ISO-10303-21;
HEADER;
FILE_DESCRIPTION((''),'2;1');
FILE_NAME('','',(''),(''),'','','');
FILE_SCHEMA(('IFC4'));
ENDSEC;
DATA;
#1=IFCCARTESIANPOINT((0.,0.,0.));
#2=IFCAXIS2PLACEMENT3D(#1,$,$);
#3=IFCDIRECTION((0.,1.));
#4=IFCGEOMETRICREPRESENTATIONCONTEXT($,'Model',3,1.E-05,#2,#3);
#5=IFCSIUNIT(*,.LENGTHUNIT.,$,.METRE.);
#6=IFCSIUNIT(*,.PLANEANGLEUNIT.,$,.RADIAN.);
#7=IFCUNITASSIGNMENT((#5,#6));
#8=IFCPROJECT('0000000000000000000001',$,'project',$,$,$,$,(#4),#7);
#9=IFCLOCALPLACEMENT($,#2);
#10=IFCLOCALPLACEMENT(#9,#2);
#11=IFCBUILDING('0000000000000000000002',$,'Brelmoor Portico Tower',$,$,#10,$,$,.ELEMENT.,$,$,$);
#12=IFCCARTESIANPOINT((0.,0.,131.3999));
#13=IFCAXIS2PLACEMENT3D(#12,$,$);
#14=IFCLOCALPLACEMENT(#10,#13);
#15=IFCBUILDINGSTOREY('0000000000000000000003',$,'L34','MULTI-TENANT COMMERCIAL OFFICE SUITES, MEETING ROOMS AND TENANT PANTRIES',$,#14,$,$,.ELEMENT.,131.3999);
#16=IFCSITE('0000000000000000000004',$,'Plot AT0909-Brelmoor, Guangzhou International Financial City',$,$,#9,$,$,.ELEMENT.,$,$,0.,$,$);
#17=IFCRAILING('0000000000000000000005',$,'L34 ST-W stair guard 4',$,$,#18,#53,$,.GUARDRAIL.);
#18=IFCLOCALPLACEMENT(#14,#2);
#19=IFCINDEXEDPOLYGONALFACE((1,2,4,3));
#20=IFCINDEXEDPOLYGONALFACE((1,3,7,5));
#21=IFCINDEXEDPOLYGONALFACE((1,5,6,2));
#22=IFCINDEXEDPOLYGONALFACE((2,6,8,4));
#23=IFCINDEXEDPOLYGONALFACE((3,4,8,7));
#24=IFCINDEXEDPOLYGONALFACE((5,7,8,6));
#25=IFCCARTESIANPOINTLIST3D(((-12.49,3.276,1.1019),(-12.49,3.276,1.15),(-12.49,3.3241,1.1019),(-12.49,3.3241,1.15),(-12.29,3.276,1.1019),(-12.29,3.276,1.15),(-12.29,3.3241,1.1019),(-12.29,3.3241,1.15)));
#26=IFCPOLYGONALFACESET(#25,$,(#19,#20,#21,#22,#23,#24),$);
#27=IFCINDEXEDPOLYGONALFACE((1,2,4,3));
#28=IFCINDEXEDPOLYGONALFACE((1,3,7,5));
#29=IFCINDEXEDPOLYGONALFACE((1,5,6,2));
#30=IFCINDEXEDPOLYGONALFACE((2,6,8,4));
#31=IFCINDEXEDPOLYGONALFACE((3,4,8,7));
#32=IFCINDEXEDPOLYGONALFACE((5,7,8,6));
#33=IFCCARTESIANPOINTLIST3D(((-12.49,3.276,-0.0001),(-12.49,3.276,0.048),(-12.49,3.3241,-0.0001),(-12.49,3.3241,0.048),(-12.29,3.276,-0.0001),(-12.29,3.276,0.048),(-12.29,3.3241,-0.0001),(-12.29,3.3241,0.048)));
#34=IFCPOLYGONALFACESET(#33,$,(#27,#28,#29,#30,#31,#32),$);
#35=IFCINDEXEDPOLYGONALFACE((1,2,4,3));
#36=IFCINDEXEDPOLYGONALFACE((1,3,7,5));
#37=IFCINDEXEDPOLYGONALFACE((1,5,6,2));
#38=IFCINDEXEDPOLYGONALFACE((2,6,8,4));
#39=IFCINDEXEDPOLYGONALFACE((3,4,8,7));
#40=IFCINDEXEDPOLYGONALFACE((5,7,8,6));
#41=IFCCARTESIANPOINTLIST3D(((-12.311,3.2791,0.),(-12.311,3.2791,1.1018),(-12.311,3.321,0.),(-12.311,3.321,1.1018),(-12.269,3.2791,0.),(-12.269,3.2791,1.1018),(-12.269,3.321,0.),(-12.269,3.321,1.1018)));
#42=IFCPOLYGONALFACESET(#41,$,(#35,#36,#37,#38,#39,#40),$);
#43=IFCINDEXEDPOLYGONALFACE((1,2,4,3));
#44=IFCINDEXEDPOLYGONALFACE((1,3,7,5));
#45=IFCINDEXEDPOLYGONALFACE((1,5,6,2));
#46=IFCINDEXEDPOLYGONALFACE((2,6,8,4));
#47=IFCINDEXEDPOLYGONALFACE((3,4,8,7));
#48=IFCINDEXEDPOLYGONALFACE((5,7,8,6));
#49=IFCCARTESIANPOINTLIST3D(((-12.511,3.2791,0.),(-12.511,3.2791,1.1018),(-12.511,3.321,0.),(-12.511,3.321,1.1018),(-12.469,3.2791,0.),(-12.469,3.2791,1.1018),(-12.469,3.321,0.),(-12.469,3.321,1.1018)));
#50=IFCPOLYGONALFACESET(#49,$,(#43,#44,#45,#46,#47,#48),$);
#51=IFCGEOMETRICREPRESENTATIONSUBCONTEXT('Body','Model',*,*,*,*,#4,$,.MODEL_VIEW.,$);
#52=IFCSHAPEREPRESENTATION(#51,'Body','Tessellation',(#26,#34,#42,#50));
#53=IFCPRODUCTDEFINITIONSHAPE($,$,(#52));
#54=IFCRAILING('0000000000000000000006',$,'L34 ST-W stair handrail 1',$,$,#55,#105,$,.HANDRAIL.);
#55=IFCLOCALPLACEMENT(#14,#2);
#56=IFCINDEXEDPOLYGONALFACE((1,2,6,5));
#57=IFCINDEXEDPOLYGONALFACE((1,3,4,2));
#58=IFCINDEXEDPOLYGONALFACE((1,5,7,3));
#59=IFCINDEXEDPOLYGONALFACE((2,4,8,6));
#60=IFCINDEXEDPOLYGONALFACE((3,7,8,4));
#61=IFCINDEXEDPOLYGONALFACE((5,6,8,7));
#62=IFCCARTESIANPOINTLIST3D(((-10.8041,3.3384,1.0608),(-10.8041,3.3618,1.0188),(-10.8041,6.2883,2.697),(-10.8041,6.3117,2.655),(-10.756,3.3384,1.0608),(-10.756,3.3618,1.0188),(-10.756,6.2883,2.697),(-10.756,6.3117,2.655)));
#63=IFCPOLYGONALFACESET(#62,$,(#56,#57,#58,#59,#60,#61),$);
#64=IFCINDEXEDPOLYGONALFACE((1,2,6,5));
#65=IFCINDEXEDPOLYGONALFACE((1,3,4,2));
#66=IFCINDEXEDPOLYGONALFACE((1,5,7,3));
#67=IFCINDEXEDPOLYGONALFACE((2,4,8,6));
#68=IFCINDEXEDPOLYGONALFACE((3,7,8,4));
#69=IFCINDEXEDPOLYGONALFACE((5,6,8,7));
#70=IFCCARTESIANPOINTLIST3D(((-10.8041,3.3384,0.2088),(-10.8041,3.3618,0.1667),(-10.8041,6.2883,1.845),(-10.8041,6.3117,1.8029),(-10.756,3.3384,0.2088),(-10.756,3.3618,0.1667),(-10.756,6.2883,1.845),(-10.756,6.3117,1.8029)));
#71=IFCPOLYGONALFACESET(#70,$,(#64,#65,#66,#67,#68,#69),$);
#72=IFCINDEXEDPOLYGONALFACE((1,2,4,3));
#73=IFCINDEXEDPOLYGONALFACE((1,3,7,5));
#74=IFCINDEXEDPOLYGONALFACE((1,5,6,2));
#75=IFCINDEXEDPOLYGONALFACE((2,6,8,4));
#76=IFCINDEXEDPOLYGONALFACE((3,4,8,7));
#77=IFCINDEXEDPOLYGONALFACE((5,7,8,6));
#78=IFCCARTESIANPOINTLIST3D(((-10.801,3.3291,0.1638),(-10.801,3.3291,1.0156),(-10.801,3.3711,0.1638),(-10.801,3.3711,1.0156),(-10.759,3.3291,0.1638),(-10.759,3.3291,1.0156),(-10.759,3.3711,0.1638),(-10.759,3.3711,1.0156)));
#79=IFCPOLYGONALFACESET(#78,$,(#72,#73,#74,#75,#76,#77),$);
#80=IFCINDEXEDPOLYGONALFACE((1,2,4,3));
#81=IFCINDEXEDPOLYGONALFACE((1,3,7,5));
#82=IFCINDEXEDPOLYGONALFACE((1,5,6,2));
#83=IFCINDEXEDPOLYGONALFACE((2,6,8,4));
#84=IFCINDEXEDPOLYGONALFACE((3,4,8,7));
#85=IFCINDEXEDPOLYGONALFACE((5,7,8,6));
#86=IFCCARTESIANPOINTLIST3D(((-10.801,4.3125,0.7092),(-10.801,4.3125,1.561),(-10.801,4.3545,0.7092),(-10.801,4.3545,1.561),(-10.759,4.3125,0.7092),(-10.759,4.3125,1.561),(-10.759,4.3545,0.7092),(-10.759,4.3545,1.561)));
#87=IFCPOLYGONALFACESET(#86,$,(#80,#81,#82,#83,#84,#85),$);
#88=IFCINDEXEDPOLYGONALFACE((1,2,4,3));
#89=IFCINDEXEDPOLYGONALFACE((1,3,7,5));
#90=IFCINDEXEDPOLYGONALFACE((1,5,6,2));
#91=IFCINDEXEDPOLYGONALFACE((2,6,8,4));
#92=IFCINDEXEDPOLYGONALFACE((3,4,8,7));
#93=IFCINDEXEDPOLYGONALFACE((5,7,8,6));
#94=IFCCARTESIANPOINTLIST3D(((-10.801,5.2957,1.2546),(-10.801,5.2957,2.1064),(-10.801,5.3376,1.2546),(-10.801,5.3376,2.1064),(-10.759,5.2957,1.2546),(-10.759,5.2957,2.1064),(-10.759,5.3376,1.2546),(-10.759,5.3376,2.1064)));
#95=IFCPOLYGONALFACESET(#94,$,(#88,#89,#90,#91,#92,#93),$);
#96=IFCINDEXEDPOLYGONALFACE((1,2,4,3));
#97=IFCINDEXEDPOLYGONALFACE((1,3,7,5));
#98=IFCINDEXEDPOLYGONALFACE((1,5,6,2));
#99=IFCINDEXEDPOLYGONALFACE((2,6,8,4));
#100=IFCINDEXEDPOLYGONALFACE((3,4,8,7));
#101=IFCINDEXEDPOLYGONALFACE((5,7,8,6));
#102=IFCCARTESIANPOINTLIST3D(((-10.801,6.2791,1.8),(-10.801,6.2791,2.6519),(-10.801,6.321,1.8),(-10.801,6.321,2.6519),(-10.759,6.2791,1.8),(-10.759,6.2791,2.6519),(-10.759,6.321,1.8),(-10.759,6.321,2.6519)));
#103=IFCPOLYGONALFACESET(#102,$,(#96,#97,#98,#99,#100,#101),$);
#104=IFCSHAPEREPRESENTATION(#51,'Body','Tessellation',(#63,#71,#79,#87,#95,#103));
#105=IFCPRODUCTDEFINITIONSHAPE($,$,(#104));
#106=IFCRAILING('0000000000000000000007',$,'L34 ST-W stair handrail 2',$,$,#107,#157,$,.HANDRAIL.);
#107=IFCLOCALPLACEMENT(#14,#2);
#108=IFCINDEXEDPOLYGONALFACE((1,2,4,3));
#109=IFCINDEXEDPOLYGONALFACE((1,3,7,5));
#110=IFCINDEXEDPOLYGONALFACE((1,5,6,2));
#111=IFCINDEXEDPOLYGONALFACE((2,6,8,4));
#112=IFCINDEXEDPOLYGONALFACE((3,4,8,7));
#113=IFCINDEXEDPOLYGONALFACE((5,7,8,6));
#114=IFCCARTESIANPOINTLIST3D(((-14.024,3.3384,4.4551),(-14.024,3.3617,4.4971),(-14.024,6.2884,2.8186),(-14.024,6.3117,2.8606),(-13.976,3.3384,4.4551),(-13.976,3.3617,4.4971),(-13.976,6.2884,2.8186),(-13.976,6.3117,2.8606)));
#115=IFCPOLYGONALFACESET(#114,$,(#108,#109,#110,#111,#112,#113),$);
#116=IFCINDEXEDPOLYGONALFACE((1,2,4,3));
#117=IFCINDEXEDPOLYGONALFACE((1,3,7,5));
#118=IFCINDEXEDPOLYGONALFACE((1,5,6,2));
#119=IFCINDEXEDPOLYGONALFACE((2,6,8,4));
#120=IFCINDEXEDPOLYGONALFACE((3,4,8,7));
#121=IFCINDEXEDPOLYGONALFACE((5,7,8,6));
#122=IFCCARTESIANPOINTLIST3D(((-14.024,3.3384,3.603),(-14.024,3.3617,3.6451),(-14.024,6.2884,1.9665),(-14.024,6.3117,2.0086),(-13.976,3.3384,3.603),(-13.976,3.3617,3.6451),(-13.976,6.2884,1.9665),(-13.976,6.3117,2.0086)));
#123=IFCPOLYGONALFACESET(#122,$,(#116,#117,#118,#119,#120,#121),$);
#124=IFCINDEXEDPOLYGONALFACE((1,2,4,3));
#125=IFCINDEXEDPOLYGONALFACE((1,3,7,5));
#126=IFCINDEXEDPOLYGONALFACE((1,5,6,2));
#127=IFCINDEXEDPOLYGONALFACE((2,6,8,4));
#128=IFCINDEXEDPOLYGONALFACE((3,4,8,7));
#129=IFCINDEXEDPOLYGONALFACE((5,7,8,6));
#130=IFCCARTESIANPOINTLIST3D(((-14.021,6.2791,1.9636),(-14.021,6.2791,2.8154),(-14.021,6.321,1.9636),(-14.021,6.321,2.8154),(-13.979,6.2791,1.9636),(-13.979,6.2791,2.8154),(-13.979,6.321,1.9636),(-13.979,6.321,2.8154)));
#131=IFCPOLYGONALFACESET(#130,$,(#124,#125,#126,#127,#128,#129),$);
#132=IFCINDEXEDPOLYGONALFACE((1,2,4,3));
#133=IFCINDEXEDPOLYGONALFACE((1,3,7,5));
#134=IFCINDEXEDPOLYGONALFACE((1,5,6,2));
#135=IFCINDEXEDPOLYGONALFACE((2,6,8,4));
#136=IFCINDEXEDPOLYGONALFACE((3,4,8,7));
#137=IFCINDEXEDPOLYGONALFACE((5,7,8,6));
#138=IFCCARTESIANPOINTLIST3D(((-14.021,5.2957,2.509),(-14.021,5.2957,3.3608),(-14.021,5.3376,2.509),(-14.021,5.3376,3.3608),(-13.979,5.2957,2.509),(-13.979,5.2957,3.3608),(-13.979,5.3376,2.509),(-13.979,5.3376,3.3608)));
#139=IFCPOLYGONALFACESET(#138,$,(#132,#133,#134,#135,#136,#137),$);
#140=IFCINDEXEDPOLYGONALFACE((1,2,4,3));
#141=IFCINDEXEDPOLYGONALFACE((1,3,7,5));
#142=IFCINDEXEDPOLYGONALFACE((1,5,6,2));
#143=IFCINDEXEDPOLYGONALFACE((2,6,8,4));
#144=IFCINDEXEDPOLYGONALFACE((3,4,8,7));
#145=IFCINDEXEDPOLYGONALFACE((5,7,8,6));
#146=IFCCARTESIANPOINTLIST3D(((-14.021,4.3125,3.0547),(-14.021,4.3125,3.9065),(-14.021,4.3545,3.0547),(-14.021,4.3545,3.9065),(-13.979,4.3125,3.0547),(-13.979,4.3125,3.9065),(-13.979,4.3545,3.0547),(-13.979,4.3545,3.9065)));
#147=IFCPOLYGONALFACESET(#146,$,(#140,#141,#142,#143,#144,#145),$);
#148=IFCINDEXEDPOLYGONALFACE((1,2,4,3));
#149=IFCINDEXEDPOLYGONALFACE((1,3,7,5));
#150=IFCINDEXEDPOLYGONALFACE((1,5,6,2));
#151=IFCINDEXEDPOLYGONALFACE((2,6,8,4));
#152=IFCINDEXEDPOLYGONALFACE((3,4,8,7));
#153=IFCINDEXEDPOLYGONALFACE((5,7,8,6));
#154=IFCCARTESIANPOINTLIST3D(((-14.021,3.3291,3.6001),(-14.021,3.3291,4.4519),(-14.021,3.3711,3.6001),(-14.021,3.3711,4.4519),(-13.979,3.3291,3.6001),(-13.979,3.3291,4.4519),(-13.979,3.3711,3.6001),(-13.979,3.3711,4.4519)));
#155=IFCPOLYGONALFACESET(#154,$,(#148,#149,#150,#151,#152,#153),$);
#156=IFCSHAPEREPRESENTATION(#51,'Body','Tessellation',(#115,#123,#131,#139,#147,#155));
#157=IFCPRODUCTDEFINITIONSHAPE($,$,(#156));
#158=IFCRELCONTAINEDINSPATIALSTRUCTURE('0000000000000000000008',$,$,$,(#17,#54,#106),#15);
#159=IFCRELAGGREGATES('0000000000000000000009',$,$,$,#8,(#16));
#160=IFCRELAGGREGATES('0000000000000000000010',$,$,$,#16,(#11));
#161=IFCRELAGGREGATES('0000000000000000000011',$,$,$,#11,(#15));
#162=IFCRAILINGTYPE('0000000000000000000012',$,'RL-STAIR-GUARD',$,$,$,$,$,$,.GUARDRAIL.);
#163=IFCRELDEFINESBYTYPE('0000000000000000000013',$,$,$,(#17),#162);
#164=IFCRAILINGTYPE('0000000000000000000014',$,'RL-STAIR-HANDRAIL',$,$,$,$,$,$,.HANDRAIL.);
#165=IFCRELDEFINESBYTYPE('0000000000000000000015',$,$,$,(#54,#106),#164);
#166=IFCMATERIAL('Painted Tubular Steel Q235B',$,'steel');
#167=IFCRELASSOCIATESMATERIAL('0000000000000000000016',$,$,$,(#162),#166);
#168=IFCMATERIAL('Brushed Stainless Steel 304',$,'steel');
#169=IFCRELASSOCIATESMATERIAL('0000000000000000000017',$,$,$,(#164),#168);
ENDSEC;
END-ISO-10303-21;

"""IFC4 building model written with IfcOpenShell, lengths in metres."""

from ifc_helpers import new_model, si_unit, direction, frame, origin, origin_2d, place, context, subcontext, project, spatial, rectangle, extrude, material, type_object, element, save


model = new_model("IFC4")

# Units and contexts
model_context = context("Model", 3, precision=1e-05, world=origin(), true_north=direction((0.0, 1.0)))
body_context = subcontext(model_context, "Body", "Model", "MODEL_VIEW")
ifc_project = project(units=[si_unit("LENGTHUNIT", "METRE"), si_unit("PLANEANGLEUNIT", "RADIAN")], contexts=[model_context])

# Site, building, storey
site_placement = place(None, origin())
site = spatial("IfcSite", under=ifc_project, at=site_placement, Name="Plot AT0909-Brelmoor, Guangzhou International Financial City", CompositionType="ELEMENT", RefElevation=0.0)
building_placement = place(site_placement, origin())
building = spatial("IfcBuilding", under=site, at=building_placement, Name="Brelmoor Portico Tower", CompositionType="ELEMENT")
storey_placement = place(building_placement, frame((0.0, 0.0, 131.3999)))
storey = spatial("IfcBuildingStorey", under=building, at=storey_placement, Name="L34", Description="MULTI-TENANT COMMERCIAL OFFICE SUITES, MEETING ROOMS AND TENANT PANTRIES", CompositionType="ELEMENT", Elevation=131.3999)

# Railings
ifc_material_1 = material(Name="Painted Tubular Steel Q235B", Category="steel")
railing_type_1 = type_object("IfcRailingType", Name="RL-STAIR-GUARD", PredefinedType="GUARDRAIL", material=ifc_material_1)
railing_1_placement = place(storey_placement, frame((-12.29, 3.3, 0.0)))
element("IfcRailing", 1, at=railing_1_placement, inside=storey, type_object=railing_type_1, Name="L34 ST-W stair guard 4", PredefinedType="GUARDRAIL", context=body_context, shape_type="SweptSolid", body=[
    extrude(rectangle(XDim=0.0481, YDim=0.0481, at=origin_2d()), frame((0.0, 0.0, 1.126), z_axis=(-1.0, 0.0, 0.0), x_axis=(0.0, -1.0, 0.0)), (0.0, 0.0, 1.0), 0.2),
    extrude(rectangle(XDim=0.0481, YDim=0.0481, at=origin_2d()), frame((0.0, 0.0, 0.0239), z_axis=(-1.0, 0.0, 0.0), x_axis=(0.0, -1.0, 0.0)), (0.0, 0.0, 1.0), 0.2),
    extrude(rectangle(XDim=0.042, YDim=0.042, at=origin_2d()), origin(), (0.0, 0.0, 1.0), 1.1018),
    extrude(rectangle(XDim=0.042, YDim=0.042, at=origin_2d()), frame((-0.2, 0.0, 0.0)), (0.0, 0.0, 1.0), 1.1018),
])
ifc_material_2 = material(Name="Brushed Stainless Steel 304", Category="steel")
railing_type_2 = type_object("IfcRailingType", Name="RL-STAIR-HANDRAIL", PredefinedType="HANDRAIL", material=ifc_material_2)
railing_2_placement = place(storey_placement, frame((-10.78, 3.3501, 0.1638)))
element("IfcRailing", 2, at=railing_2_placement, inside=storey, type_object=railing_type_2, Name="L34 ST-W stair handrail 1", PredefinedType="HANDRAIL", context=body_context, shape_type="SweptSolid", body=[
    extrude(rectangle(XDim=0.0481, YDim=0.0481, at=origin_2d()), frame((0.0, 0.0, 0.876), z_axis=(0.0, 0.874488, 0.485047), x_axis=(-1.0, 0.0, 0.0)), (0.0, 0.0, 1.0), 3.3733),
    extrude(rectangle(XDim=0.0481, YDim=0.0481, at=origin_2d()), frame((0.0, 0.0, 0.0239), z_axis=(0.0, 0.874488, 0.485047), x_axis=(-1.0, 0.0, 0.0)), (0.0, 0.0, 1.0), 3.3733),
    extrude(rectangle(XDim=0.042, YDim=0.042, at=origin_2d()), origin(), (0.0, 0.0, 1.0), 0.8518),
    extrude(rectangle(XDim=0.042, YDim=0.042, at=origin_2d()), frame((0.0, 0.9834, 0.5454)), (0.0, 0.0, 1.0), 0.8518),
    extrude(rectangle(XDim=0.042, YDim=0.042, at=origin_2d()), frame((0.0, 1.9666, 1.0908)), (0.0, 0.0, 1.0), 0.8518),
    extrude(rectangle(XDim=0.042, YDim=0.042, at=origin_2d()), frame((0.0, 2.95, 1.6362)), (0.0, 0.0, 1.0), 0.8518),
])
railing_3_placement = place(storey_placement, frame((-14.0, 6.3, 1.9636)))
element("IfcRailing", 3, at=railing_3_placement, inside=storey, type_object=railing_type_2, Name="L34 ST-W stair handrail 2", PredefinedType="HANDRAIL", context=body_context, shape_type="SweptSolid", body=[
    extrude(rectangle(XDim=0.0481, YDim=0.0481, at=origin_2d()), frame((0.0, 0.0, 0.876), z_axis=(0.0, -0.874458, 0.485102), x_axis=(1.0, 0.0, 0.0)), (0.0, 0.0, 1.0), 3.3735),
    extrude(rectangle(XDim=0.0481, YDim=0.0481, at=origin_2d()), frame((0.0, 0.0, 0.0239), z_axis=(0.0, -0.874458, 0.485102), x_axis=(1.0, 0.0, 0.0)), (0.0, 0.0, 1.0), 3.3735),
    extrude(rectangle(XDim=0.042, YDim=0.042, at=origin_2d()), origin(), (0.0, 0.0, 1.0), 0.8518),
    extrude(rectangle(XDim=0.042, YDim=0.042, at=origin_2d()), frame((0.0, -0.9834, 0.5454)), (0.0, 0.0, 1.0), 0.8518),
    extrude(rectangle(XDim=0.042, YDim=0.042, at=origin_2d()), frame((0.0, -1.9666, 1.0911)), (0.0, 0.0, 1.0), 0.8518),
    extrude(rectangle(XDim=0.042, YDim=0.042, at=origin_2d()), frame((0.0, -2.95, 1.6365)), (0.0, 0.0, 1.0), 0.8518),
])

save(model, "model.ifc")
